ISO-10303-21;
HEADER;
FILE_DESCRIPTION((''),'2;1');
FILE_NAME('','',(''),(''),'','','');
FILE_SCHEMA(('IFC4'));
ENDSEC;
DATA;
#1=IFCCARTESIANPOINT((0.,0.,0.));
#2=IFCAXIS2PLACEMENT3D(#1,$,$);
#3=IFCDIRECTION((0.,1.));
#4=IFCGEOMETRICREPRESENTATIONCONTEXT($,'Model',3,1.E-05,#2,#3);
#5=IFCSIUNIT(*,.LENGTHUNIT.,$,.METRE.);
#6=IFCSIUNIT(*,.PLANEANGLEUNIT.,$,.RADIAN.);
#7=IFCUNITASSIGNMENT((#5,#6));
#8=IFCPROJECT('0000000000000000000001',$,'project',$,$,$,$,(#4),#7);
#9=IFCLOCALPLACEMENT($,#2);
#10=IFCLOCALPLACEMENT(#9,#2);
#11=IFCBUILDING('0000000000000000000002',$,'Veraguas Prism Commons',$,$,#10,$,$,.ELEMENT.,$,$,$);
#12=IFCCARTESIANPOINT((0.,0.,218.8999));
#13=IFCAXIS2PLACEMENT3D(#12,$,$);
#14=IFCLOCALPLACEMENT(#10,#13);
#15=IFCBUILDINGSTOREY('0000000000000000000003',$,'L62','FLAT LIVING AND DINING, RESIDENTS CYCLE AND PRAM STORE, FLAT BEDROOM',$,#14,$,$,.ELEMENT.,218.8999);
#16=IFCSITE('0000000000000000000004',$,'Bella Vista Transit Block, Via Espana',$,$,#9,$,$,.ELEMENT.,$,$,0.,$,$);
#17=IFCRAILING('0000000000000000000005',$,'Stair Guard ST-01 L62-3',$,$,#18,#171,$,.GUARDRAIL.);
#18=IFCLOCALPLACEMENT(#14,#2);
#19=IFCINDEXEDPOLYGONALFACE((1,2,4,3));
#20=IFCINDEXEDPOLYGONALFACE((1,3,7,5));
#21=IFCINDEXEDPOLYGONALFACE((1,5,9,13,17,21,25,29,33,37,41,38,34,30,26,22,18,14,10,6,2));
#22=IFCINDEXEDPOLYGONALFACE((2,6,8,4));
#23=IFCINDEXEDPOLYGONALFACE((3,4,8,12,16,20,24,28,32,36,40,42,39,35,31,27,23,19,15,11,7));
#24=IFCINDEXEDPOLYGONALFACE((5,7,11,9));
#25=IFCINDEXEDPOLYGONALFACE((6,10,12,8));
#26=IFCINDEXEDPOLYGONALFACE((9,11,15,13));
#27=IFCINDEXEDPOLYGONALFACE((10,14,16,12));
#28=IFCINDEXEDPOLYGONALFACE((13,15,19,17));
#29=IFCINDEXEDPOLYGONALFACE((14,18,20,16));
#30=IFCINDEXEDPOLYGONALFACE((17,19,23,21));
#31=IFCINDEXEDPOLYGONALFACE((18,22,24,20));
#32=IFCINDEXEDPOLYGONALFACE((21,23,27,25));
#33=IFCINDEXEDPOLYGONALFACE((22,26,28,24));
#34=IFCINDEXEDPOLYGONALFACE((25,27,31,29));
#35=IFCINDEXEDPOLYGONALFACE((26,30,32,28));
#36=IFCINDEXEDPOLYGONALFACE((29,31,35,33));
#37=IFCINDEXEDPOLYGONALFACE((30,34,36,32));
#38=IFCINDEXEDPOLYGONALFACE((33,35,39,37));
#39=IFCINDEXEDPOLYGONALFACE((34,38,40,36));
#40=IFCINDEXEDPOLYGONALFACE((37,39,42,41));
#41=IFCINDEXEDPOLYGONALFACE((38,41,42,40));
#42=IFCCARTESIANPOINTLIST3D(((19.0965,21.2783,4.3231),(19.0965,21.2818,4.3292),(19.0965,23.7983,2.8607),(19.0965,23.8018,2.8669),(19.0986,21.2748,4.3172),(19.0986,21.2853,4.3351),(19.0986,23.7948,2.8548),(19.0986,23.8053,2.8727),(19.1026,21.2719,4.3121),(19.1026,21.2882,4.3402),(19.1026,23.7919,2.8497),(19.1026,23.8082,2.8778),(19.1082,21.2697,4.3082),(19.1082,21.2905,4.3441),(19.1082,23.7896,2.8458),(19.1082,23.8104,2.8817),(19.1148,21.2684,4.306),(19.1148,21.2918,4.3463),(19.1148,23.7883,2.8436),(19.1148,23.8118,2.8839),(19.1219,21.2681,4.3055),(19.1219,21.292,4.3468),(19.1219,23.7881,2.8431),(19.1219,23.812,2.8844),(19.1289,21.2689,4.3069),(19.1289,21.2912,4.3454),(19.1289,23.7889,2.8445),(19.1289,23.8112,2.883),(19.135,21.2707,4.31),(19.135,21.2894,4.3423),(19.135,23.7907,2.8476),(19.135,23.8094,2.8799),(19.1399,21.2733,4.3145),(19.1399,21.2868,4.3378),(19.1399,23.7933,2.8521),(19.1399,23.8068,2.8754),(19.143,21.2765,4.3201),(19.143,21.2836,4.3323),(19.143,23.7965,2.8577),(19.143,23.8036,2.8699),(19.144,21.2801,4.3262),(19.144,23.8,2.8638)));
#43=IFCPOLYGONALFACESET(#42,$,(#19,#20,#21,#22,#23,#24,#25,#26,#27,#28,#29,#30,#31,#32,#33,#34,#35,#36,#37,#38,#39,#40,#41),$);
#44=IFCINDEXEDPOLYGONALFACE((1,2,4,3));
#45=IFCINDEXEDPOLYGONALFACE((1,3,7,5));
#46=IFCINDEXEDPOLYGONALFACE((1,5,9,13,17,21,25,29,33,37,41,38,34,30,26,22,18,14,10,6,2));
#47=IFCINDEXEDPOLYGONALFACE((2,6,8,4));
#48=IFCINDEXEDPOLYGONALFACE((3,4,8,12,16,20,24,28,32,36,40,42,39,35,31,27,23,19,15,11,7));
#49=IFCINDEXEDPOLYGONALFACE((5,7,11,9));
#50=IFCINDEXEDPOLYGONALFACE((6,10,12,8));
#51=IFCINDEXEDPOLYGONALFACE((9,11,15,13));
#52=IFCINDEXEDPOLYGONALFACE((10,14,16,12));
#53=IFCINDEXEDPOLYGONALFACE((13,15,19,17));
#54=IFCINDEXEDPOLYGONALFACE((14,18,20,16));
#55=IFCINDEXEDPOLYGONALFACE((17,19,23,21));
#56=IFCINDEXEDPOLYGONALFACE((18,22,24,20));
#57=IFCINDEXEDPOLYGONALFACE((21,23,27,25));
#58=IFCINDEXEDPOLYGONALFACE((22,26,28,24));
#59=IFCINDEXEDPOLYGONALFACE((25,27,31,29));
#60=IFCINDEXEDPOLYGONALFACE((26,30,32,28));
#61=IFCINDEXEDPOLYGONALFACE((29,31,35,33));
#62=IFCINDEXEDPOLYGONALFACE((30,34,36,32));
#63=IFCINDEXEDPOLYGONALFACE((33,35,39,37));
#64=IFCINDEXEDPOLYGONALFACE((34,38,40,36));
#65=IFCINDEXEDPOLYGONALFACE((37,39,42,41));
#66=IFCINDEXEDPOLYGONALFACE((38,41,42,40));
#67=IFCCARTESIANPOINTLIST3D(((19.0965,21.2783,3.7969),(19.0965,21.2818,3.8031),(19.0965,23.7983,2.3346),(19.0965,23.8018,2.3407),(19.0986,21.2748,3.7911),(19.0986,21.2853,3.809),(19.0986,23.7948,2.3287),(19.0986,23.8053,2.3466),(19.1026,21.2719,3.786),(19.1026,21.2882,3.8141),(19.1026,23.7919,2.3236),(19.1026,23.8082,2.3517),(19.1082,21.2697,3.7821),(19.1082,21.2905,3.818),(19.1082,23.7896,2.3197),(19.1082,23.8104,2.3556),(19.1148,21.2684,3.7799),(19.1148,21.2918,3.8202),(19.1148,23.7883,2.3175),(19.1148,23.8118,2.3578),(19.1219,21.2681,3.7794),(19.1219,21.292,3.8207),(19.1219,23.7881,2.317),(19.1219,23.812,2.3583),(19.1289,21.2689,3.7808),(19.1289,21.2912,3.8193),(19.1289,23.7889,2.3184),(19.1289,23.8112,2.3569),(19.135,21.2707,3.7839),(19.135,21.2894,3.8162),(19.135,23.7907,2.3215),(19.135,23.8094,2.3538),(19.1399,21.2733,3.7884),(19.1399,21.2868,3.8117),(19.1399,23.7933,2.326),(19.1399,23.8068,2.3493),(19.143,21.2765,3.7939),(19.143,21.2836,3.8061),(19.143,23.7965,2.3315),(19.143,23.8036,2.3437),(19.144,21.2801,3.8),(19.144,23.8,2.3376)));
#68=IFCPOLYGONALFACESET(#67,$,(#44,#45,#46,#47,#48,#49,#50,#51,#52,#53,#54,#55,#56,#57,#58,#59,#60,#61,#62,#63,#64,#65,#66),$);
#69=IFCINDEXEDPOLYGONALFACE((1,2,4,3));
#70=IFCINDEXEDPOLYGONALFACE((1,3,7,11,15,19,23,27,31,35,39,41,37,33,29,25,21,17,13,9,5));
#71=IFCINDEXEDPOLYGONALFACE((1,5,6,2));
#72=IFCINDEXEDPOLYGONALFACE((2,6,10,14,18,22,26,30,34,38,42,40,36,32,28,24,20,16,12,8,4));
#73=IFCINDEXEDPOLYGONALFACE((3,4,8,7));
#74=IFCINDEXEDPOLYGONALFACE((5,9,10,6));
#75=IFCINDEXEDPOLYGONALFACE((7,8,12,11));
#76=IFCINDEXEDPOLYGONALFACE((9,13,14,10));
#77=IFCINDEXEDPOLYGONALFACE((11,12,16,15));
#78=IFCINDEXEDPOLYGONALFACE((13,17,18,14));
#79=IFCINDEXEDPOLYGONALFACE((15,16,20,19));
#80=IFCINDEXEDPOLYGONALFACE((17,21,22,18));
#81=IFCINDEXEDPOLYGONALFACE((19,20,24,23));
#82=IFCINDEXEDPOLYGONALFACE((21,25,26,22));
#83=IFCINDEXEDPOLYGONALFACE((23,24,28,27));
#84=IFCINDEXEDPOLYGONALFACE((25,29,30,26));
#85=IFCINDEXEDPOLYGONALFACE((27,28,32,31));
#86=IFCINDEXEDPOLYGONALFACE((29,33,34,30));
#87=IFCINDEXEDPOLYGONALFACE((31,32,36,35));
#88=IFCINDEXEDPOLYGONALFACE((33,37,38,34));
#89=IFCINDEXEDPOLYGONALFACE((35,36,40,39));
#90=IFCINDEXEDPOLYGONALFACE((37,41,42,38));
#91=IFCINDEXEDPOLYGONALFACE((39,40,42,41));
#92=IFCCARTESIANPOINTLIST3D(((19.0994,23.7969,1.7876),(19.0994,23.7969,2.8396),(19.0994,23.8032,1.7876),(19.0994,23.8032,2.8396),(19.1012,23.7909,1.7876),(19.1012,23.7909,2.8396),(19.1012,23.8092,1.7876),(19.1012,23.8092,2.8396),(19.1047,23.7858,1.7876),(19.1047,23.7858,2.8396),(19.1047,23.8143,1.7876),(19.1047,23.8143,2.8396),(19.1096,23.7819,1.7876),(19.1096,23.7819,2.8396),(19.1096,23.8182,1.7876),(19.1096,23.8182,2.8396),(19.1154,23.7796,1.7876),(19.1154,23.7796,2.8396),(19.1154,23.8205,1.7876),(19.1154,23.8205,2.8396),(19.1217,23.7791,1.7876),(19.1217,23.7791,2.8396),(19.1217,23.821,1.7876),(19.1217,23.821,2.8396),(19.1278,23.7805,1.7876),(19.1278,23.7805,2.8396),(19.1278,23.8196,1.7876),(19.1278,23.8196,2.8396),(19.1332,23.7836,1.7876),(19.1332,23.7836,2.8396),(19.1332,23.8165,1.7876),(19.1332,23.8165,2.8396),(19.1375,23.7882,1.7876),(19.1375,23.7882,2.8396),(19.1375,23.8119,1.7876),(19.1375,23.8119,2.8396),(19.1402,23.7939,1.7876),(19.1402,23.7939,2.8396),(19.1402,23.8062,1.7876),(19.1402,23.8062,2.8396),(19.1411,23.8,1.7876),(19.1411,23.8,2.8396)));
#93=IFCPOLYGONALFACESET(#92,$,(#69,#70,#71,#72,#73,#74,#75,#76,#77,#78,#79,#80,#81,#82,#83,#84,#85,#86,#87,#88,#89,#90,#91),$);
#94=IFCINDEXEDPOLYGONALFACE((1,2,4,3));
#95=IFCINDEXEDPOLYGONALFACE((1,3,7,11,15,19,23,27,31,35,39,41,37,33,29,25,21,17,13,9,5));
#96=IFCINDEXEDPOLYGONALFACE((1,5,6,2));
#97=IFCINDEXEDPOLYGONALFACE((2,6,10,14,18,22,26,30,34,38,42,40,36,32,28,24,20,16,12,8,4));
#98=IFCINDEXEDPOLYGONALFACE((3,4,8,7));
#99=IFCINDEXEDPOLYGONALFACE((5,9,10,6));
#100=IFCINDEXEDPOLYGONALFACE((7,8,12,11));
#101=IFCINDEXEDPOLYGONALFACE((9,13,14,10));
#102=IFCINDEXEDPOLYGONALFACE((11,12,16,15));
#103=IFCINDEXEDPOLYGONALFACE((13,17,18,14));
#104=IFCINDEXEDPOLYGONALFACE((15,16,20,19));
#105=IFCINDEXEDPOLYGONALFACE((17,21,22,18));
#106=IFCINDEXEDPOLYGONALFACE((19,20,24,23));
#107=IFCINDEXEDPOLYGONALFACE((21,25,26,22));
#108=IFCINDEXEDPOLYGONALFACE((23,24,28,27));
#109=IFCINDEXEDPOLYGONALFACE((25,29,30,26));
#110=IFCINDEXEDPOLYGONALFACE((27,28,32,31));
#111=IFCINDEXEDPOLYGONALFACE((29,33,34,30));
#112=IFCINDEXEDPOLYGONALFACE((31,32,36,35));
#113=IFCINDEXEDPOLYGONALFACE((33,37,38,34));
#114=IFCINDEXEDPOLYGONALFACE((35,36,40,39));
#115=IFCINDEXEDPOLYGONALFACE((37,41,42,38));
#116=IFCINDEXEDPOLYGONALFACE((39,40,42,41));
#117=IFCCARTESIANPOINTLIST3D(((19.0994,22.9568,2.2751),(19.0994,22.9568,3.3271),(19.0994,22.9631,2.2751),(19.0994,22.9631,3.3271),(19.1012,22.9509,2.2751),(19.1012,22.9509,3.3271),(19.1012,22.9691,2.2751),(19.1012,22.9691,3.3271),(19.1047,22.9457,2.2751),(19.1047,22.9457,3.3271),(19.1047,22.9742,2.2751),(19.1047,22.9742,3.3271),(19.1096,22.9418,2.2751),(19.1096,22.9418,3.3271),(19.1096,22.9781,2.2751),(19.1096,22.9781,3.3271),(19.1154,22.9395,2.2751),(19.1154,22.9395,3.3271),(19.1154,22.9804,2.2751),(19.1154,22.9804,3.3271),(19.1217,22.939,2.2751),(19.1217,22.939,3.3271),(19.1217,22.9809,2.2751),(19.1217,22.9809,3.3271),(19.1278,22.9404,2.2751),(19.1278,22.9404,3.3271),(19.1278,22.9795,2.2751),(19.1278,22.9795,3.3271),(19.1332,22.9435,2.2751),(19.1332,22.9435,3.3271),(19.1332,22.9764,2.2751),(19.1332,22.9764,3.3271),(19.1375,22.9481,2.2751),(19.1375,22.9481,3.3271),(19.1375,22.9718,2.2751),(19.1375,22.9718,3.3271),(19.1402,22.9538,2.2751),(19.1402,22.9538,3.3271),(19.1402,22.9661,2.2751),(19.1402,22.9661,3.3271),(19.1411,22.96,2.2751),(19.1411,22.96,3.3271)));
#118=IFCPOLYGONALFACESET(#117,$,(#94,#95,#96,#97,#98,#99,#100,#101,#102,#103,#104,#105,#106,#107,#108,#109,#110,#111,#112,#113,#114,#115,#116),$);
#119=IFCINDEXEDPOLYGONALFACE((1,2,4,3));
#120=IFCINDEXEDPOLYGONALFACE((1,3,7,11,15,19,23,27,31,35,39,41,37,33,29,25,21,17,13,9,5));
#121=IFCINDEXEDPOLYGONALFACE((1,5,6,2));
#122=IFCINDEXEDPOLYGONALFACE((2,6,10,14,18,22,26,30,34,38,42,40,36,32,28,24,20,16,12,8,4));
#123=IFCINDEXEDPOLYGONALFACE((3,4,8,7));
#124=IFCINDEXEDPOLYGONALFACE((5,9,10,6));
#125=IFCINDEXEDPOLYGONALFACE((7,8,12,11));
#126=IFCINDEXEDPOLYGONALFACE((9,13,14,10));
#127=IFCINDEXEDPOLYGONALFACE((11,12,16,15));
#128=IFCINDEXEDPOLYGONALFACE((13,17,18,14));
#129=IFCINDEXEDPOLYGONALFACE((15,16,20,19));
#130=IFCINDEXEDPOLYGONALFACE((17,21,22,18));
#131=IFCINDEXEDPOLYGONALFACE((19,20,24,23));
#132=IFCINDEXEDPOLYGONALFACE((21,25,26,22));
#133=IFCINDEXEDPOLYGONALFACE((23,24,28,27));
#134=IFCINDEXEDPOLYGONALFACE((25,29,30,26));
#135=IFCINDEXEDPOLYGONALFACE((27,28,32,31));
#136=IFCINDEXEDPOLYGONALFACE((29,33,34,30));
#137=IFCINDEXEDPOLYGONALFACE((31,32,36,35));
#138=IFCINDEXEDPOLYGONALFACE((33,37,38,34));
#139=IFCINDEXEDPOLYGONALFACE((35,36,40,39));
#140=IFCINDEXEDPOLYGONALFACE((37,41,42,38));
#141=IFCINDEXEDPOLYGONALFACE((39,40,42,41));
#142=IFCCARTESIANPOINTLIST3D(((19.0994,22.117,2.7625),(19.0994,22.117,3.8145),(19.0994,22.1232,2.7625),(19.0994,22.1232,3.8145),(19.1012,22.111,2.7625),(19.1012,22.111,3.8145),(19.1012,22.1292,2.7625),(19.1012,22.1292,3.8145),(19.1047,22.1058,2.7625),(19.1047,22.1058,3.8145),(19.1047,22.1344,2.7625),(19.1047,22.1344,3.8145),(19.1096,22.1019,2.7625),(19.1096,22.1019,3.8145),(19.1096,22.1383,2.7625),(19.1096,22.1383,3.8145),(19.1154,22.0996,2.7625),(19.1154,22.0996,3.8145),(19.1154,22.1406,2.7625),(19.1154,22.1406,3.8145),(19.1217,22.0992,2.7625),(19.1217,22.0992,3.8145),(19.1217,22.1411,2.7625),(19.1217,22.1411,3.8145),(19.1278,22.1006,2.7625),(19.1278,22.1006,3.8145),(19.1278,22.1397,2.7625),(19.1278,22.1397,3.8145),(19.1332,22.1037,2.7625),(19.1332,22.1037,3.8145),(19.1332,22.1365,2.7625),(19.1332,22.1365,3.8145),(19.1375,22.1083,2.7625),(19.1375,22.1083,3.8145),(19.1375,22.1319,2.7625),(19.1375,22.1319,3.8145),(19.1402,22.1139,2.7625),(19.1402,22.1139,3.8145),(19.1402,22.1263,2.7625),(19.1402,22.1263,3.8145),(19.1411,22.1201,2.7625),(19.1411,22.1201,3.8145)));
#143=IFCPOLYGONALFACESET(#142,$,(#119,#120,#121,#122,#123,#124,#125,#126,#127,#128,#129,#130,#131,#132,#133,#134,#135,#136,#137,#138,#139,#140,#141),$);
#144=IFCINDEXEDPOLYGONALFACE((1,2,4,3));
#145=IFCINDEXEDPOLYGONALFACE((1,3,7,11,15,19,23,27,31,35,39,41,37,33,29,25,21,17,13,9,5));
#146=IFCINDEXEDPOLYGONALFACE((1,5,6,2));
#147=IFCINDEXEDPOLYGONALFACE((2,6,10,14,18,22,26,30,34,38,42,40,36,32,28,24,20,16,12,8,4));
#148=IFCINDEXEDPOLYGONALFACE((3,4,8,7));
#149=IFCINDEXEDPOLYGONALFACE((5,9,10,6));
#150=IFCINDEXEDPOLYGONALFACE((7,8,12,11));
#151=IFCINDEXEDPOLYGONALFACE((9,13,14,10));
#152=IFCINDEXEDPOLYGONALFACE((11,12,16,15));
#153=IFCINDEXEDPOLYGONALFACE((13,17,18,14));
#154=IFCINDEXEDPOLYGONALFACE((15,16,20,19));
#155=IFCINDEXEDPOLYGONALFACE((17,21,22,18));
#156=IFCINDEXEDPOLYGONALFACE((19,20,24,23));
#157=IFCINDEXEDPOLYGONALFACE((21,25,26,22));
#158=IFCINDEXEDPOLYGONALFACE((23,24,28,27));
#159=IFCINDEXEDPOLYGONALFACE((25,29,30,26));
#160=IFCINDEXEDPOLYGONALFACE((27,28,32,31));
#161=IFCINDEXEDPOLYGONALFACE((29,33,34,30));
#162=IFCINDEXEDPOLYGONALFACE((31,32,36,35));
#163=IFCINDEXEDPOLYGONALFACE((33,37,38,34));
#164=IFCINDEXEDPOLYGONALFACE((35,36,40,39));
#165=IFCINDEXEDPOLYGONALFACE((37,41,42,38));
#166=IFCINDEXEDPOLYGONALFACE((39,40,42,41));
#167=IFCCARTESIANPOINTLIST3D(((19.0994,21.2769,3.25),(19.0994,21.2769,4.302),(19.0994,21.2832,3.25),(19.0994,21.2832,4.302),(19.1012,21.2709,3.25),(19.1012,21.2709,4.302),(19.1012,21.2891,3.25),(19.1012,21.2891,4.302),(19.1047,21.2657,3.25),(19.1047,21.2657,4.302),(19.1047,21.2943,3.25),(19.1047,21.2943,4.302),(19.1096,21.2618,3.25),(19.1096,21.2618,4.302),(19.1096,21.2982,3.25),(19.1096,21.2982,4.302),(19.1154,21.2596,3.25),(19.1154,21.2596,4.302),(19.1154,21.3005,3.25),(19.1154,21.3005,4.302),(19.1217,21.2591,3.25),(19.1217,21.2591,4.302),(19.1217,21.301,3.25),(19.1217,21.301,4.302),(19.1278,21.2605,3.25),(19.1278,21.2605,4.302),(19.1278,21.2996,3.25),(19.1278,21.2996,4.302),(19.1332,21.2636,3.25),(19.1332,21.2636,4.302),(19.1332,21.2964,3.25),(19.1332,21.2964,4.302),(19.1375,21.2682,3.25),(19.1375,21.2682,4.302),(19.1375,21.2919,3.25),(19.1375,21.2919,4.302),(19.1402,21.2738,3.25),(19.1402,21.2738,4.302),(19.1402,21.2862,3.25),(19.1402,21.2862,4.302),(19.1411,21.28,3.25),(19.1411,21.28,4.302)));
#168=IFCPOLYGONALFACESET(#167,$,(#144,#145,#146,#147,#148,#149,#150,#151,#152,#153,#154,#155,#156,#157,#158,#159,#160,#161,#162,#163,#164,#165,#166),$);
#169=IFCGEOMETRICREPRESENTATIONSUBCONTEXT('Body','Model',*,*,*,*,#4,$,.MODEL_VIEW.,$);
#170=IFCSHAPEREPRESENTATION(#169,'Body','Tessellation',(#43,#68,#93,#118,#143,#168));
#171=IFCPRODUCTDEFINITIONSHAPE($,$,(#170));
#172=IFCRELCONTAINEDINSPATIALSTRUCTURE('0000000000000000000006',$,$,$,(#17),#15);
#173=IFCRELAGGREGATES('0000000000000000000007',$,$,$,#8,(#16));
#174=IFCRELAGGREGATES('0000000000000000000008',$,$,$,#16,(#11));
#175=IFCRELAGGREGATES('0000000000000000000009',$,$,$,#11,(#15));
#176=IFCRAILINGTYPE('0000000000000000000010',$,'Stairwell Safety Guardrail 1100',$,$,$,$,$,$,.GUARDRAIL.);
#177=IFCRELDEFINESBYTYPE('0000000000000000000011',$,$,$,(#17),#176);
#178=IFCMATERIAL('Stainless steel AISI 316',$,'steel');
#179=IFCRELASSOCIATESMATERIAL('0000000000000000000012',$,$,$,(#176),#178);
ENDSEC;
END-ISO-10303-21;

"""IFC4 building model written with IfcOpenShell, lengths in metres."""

from ifc_helpers import new_model, si_unit, direction, frame, origin, origin_2d, place, context, subcontext, project, spatial, circle, extrude, material, type_object, element, save


model = new_model("IFC4")

# Units and contexts
model_context = context("Model", 3, precision=1e-05, world=origin(), true_north=direction((0.0, 1.0)))
body_context = subcontext(model_context, "Body", "Model", "MODEL_VIEW")
ifc_project = project(units=[si_unit("LENGTHUNIT", "METRE"), si_unit("PLANEANGLEUNIT", "RADIAN")], contexts=[model_context])

# Site, building, storey
site_placement = place(None, origin())
site = spatial("IfcSite", under=ifc_project, at=site_placement, Name="Bella Vista Transit Block, Via Espana", CompositionType="ELEMENT", RefElevation=0.0)
building_placement = place(site_placement, origin())
building = spatial("IfcBuilding", under=site, at=building_placement, Name="Veraguas Prism Commons", CompositionType="ELEMENT")
storey_placement = place(building_placement, frame((0.0, 0.0, 218.8999)))
storey = spatial("IfcBuildingStorey", under=building, at=storey_placement, Name="L62", Description="FLAT LIVING AND DINING, RESIDENTS CYCLE AND PRAM STORE, FLAT BEDROOM", CompositionType="ELEMENT", Elevation=218.8999)

# Shared definitions
ifc_material_1 = material(Name="Stainless steel AISI 316", Category="steel")

# Railing
railing_type_1 = type_object("IfcRailingType", Name="Stairwell Safety Guardrail 1100", PredefinedType="GUARDRAIL", material=ifc_material_1)
railing_1_placement = place(storey_placement, frame((19.1201, 23.8, 1.7876)))
element("IfcRailing", 1, at=railing_1_placement, inside=storey, type_object=railing_type_1, Name="Stair Guard ST-01 L62-3", PredefinedType="GUARDRAIL", context=body_context, shape_type="SweptSolid", body=[
    extrude(circle(Radius=0.0239, at=origin_2d()), frame((0.0, 0.0, 1.0762), z_axis=(0.0, -0.864913, 0.501921), x_axis=(1.0, 0.0, 0.0)), (0.0, 0.0, 1.0), 2.9136),
    extrude(circle(Radius=0.0239, at=origin_2d()), frame((0.0, 0.0, 0.55), z_axis=(0.0, -0.864913, 0.501921), x_axis=(1.0, 0.0, 0.0)), (0.0, 0.0, 1.0), 2.9136),
    extrude(circle(Radius=0.021, at=origin_2d()), origin(), (0.0, 0.0, 1.0), 1.052),
    extrude(circle(Radius=0.021, at=origin_2d()), frame((0.0, -0.8401, 0.4875)), (0.0, 0.0, 1.0), 1.052),
    extrude(circle(Radius=0.021, at=origin_2d()), frame((0.0, -1.6799, 0.9749)), (0.0, 0.0, 1.0), 1.052),
    extrude(circle(Radius=0.021, at=origin_2d()), frame((0.0, -2.52, 1.4624)), (0.0, 0.0, 1.0), 1.052),
])

save(model, "model.ifc")
